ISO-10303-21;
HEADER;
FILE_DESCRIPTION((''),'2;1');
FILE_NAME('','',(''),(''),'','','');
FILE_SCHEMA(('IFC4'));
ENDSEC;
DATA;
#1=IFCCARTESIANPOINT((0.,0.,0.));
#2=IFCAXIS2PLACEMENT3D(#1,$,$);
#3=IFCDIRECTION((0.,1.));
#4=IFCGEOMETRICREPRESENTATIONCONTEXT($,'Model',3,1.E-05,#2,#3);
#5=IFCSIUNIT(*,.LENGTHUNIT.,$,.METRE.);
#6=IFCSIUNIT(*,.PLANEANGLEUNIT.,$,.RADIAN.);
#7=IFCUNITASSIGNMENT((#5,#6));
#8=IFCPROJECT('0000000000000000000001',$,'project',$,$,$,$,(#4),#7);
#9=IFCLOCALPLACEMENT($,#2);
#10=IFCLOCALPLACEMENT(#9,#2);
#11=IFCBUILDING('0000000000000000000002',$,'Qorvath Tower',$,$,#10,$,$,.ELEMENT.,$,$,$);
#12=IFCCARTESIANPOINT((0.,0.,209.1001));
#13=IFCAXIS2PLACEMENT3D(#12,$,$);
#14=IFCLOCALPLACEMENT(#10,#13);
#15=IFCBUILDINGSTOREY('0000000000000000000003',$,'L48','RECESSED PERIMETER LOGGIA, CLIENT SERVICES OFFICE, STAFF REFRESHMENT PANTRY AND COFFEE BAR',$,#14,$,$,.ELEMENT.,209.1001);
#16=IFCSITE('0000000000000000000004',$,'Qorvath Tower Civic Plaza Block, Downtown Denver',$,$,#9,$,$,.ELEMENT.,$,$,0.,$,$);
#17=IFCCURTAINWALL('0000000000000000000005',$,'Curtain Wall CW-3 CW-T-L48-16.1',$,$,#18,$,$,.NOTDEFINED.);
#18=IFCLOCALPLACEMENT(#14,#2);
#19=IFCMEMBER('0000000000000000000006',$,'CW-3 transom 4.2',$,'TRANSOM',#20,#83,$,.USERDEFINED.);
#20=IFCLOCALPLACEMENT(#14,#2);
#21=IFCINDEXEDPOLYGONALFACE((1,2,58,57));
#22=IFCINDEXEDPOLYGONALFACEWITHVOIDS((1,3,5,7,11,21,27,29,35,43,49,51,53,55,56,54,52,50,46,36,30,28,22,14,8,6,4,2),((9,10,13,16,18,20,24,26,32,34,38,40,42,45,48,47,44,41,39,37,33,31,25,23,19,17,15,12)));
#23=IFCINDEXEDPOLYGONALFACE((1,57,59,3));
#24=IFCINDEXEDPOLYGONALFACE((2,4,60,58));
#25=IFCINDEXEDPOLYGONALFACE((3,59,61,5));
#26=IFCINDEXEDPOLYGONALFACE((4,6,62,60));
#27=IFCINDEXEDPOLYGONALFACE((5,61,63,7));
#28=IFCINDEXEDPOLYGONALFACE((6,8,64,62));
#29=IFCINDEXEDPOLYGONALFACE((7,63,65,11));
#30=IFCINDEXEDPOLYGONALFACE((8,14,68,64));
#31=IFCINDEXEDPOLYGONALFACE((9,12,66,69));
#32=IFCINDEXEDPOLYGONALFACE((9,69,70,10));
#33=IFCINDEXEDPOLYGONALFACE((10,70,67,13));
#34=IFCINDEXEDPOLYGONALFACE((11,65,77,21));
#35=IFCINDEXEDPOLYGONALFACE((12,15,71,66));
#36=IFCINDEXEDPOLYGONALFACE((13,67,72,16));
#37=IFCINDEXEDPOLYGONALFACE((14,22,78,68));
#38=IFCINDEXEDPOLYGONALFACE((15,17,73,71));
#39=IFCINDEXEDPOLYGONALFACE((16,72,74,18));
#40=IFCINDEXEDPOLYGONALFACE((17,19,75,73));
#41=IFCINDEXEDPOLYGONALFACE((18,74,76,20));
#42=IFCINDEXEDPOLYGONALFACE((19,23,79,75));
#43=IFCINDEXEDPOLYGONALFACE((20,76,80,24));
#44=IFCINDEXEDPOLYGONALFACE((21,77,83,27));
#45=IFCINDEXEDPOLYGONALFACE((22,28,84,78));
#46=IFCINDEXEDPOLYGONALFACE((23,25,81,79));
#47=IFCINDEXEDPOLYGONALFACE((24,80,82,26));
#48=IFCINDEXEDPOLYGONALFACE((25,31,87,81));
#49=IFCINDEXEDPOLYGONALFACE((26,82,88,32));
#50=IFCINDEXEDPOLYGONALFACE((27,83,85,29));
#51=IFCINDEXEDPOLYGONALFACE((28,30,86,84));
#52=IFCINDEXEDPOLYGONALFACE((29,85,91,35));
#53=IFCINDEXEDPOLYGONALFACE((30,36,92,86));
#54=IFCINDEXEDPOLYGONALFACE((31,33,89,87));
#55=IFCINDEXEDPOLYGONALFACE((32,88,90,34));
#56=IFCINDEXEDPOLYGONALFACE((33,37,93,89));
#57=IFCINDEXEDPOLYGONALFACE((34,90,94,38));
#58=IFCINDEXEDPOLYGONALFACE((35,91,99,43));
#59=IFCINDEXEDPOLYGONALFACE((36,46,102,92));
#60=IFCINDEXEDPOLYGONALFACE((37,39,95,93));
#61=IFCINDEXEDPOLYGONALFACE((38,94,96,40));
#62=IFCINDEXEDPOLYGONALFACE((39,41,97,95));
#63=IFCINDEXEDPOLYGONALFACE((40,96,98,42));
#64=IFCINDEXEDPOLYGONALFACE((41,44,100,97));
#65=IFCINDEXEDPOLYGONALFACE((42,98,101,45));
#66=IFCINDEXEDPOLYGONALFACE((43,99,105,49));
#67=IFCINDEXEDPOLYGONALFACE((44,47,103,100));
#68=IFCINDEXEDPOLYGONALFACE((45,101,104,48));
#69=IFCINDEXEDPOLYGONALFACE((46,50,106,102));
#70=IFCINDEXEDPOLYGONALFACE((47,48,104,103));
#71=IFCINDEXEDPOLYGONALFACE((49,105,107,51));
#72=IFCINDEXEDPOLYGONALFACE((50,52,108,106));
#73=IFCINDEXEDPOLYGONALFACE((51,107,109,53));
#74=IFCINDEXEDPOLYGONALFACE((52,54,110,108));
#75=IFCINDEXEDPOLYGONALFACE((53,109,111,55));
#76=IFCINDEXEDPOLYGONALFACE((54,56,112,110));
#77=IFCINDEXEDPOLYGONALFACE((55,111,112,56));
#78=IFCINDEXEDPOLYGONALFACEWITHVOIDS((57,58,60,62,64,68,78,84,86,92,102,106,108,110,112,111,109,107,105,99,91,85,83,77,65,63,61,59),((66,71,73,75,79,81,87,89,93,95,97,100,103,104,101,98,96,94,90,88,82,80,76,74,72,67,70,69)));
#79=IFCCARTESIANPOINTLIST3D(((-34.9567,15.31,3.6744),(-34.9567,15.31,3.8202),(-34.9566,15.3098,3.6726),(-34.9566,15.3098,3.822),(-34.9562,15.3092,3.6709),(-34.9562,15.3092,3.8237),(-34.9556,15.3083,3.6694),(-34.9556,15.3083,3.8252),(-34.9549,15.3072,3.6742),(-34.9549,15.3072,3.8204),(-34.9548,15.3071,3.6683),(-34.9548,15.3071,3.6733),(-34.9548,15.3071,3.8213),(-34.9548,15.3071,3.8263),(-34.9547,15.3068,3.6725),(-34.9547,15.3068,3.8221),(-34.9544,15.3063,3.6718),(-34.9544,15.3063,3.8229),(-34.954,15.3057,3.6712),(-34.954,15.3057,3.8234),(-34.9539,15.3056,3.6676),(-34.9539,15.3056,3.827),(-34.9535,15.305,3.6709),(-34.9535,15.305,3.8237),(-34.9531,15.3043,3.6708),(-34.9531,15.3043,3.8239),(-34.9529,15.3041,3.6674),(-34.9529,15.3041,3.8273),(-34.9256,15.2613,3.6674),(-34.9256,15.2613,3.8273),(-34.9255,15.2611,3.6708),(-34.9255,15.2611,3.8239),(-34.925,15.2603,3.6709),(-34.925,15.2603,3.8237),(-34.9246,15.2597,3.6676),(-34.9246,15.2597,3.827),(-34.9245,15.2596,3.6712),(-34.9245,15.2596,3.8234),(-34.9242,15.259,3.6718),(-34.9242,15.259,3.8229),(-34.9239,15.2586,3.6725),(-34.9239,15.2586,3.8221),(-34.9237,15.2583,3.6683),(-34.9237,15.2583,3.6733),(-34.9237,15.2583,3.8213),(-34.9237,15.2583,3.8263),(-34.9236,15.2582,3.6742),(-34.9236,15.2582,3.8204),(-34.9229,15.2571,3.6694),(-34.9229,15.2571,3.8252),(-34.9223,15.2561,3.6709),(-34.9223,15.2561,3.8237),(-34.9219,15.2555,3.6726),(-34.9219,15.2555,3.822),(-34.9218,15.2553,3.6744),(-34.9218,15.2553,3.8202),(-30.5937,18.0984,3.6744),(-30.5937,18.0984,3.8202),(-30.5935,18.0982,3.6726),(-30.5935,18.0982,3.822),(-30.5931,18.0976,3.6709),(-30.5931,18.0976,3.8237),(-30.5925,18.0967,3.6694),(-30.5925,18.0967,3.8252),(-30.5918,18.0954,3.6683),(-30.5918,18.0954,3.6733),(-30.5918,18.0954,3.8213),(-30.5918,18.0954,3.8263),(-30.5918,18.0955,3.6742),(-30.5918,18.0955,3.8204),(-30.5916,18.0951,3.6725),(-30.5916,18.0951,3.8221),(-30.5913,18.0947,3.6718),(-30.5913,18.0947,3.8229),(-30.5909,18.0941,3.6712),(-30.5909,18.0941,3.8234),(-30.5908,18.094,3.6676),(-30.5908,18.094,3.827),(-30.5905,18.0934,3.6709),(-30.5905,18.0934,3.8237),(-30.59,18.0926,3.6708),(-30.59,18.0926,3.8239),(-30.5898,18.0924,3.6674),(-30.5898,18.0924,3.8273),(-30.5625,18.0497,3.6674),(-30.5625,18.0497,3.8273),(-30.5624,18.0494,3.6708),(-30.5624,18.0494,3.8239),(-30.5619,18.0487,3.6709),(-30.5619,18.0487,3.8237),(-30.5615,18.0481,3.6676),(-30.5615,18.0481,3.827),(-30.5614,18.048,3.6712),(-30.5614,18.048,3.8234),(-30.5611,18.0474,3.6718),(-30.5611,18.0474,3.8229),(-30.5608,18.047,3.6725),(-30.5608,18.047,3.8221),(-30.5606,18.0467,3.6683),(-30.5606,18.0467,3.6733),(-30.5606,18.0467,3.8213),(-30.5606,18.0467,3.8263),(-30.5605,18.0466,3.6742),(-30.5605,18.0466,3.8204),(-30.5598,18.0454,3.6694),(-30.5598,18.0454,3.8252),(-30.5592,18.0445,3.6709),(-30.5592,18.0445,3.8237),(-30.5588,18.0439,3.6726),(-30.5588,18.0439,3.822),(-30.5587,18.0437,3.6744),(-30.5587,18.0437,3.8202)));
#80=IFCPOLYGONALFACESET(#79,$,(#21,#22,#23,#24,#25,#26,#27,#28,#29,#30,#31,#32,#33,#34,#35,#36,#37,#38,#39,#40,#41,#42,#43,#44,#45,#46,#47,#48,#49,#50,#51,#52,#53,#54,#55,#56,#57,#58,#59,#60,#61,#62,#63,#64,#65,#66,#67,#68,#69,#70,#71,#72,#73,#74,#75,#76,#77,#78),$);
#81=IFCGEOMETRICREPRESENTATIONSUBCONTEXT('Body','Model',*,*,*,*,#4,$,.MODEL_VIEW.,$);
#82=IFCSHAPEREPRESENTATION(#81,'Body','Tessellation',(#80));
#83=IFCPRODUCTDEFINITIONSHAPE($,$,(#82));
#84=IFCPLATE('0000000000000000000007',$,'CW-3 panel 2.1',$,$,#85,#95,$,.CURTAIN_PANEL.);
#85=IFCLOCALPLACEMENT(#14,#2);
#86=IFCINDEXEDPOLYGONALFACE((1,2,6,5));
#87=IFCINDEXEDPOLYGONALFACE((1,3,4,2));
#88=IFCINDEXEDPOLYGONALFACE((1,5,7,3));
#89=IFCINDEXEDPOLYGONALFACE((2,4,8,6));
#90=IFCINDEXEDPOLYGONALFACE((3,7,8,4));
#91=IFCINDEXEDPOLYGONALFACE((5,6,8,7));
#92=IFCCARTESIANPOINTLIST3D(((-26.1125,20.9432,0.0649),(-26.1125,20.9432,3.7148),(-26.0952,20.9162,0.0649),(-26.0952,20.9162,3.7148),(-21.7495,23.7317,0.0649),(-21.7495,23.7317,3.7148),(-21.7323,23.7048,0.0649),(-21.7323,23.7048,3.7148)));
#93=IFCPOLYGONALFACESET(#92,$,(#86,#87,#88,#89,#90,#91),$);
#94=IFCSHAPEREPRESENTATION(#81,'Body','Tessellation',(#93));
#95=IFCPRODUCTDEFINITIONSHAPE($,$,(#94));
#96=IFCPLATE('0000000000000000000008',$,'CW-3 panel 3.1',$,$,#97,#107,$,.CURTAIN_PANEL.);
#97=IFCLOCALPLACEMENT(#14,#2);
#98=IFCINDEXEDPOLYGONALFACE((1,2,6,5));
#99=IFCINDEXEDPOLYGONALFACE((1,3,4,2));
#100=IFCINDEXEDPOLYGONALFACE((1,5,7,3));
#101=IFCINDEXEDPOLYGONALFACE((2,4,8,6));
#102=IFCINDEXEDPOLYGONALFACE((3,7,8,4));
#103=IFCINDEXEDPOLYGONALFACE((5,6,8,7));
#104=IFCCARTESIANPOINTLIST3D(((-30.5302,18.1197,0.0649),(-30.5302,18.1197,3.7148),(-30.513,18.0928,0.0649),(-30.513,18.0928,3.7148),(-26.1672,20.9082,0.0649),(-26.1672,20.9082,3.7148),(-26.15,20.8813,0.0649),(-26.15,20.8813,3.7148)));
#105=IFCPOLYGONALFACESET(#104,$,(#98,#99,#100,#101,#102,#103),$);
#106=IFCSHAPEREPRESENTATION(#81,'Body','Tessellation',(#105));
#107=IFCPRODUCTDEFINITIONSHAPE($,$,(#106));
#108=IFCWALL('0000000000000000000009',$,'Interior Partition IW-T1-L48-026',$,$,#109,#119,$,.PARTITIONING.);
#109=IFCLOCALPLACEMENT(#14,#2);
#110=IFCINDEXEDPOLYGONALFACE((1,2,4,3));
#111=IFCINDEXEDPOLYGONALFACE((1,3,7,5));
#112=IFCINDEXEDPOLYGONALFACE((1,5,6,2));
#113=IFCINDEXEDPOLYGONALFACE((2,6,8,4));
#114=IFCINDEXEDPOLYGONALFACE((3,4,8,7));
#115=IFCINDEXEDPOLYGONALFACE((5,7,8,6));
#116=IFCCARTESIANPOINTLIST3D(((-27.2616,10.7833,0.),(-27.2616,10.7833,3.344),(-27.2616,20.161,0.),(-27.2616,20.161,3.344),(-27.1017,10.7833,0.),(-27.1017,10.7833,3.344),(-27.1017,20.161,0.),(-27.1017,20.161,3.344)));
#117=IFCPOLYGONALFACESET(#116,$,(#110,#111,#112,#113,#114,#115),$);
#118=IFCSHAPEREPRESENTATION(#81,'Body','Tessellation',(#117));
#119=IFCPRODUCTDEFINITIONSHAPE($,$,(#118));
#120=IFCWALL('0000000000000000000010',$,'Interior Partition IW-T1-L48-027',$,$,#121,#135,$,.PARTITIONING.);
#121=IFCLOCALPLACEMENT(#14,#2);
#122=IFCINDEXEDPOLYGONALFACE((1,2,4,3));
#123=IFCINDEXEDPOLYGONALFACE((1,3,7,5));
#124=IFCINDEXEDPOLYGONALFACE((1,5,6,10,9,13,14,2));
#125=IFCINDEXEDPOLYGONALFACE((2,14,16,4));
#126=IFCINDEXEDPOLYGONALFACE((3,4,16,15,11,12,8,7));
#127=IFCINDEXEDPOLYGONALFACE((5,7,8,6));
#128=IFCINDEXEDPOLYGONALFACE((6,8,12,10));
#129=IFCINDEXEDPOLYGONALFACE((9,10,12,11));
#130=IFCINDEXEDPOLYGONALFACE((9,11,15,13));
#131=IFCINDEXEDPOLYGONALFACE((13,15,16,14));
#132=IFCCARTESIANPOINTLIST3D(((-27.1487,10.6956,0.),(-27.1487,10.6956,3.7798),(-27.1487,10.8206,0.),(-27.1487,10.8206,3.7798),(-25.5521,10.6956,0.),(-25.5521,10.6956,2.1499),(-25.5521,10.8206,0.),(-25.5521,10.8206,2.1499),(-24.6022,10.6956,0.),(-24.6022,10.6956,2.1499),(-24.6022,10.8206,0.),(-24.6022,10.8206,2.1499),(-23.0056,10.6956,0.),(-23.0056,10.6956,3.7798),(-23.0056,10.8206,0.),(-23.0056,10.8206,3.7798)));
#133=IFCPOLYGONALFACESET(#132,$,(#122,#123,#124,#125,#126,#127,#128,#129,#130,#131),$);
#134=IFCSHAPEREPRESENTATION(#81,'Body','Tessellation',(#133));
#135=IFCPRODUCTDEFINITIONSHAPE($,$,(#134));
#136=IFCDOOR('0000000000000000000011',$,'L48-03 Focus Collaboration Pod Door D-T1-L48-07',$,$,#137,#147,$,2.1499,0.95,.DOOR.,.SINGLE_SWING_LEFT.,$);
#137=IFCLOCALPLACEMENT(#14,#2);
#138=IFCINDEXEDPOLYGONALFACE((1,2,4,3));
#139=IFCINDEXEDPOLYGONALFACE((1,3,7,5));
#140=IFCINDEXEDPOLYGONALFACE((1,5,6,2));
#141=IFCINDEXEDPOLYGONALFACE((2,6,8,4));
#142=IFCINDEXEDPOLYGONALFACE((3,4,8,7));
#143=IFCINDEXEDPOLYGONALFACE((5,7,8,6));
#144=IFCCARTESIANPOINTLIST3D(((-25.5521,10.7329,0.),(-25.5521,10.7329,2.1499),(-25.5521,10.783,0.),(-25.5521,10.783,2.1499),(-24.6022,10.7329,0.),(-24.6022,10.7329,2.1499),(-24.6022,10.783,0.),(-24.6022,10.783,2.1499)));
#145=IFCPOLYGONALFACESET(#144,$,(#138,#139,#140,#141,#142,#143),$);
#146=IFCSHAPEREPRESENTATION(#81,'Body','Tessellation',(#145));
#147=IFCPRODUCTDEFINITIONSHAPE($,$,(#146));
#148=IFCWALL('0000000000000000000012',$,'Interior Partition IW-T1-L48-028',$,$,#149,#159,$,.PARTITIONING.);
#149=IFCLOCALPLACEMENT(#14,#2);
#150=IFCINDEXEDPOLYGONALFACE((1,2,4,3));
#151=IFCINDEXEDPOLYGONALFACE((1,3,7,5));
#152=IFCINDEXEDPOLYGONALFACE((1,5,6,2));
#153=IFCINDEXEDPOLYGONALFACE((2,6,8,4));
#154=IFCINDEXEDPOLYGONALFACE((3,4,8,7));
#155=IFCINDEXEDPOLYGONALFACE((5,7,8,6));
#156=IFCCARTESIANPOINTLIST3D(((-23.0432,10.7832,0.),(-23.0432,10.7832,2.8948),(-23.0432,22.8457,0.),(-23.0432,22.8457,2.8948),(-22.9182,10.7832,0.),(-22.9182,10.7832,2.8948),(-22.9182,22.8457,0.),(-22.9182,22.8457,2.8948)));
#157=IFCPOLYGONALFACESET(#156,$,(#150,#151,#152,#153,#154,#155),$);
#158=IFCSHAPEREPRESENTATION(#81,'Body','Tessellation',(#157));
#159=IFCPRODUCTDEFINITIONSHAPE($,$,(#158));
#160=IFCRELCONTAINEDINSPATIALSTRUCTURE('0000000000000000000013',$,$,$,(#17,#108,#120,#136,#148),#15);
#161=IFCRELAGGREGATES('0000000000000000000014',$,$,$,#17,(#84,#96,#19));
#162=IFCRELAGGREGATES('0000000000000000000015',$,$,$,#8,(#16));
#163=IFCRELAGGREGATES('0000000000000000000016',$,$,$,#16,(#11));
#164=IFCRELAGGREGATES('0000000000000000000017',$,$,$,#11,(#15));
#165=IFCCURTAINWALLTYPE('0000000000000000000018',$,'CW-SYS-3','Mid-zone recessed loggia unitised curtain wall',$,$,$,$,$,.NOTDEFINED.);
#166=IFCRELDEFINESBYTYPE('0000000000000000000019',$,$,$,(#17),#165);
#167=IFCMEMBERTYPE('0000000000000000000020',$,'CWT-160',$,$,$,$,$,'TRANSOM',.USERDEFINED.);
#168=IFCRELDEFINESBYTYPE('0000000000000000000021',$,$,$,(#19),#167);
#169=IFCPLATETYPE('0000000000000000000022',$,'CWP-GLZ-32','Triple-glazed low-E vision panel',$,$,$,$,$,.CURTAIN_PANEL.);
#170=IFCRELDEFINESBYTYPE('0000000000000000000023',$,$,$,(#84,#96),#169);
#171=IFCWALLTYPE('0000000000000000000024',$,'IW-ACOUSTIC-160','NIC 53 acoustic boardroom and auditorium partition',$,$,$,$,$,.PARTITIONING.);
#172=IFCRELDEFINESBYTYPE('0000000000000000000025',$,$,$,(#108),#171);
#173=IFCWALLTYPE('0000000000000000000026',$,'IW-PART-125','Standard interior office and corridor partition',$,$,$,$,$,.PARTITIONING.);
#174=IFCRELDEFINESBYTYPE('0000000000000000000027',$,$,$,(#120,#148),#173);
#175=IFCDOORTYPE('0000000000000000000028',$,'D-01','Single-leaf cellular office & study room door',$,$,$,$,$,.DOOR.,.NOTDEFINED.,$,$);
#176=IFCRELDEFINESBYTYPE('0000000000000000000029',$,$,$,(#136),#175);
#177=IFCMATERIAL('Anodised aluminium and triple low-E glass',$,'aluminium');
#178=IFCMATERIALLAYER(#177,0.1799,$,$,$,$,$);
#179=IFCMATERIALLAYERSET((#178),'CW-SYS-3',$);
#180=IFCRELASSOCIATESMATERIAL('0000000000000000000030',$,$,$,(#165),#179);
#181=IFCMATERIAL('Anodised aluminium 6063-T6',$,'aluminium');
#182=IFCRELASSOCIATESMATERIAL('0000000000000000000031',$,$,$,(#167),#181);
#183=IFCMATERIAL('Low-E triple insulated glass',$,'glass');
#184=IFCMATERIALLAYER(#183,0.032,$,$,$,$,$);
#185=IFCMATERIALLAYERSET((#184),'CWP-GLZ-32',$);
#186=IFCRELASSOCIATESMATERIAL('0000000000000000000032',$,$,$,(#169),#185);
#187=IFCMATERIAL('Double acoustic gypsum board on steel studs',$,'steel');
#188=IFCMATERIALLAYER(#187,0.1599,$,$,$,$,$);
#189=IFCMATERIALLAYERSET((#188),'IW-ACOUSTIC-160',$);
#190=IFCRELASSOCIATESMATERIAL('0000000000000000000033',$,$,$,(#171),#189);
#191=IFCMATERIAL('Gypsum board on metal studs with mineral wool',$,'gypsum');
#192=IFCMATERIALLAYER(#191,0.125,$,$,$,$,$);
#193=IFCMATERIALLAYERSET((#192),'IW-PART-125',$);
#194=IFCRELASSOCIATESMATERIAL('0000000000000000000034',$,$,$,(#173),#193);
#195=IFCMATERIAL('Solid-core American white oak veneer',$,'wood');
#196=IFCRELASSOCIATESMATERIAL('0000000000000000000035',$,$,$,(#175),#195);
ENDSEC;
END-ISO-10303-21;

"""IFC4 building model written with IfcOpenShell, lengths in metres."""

from ifc_helpers import new_model, si_unit, direction, frame, frame_2d, origin, origin_2d, place, context, subcontext, project, spatial, rectangle, hollow_rectangle, extrude, material, layer, layer_set, material_profile, profile_set, type_object, element, fill, aggregate, save


model = new_model("IFC4")

# Units and contexts
model_context = context("Model", 3, precision=1e-05, world=origin(), true_north=direction((0.0, 1.0)))
body_context = subcontext(model_context, "Body", "Model", "MODEL_VIEW")
ifc_project = project(units=[si_unit("LENGTHUNIT", "METRE"), si_unit("PLANEANGLEUNIT", "RADIAN")], contexts=[model_context])

# Site, building, storey
site_placement = place(None, origin())
site = spatial("IfcSite", under=ifc_project, at=site_placement, Name="Qorvath Tower Civic Plaza Block, Downtown Denver", CompositionType="ELEMENT", RefElevation=0.0)
building_placement = place(site_placement, origin())
building = spatial("IfcBuilding", under=site, at=building_placement, Name="Qorvath Tower", CompositionType="ELEMENT")
storey_placement = place(building_placement, frame((0.0, 0.0, 209.1001)))
storey = spatial("IfcBuildingStorey", under=building, at=storey_placement, Name="L48", Description="RECESSED PERIMETER LOGGIA, CLIENT SERVICES OFFICE, STAFF REFRESHMENT PANTRY AND COFFEE BAR", CompositionType="ELEMENT", Elevation=209.1001)

# Curtain wall, member, plates
ifc_material_1 = material(Name="Anodised aluminium and triple low-E glass", Category="aluminium")
ifc_layer_1 = layer(ifc_material_1, 0.1799)
ifc_layer_set_1 = layer_set([ifc_layer_1], Name="CW-SYS-3")
curtain_wall_type = type_object("IfcCurtainWallType", Name="CW-SYS-3", Description="Mid-zone recessed loggia unitised curtain wall", PredefinedType="NOTDEFINED", material=ifc_layer_set_1)
curtain_wall_placement = place(storey_placement, origin())
curtain_wall = element("IfcCurtainWall", 1, at=curtain_wall_placement, inside=storey, type_object=curtain_wall_type, Name="Curtain Wall CW-3 CW-T-L48-16.1", PredefinedType="NOTDEFINED")
ifc_material_2 = material(Name="Anodised aluminium 6063-T6", Category="aluminium")
ifc_material_profile_1 = material_profile(ifc_material_2, hollow_rectangle(XDim=0.0649, YDim=0.1599, WallThickness=0.0034, InnerFilletRadius=0.0034, OuterFilletRadius=0.0071, at=origin_2d()), Name="CWT 160x65")
ifc_profile_set_1 = profile_set([ifc_material_profile_1], Name="Anodised aluminium 6063-T6")
member_type_1 = type_object("IfcMemberType", Name="CWT-160", ElementType="TRANSOM", PredefinedType="USERDEFINED", material=ifc_profile_set_1)
member_1_placement = place(storey_placement, frame((-30.5762, 18.071, 3.7473), z_axis=(-0.842623, -0.538504, 0.0), x_axis=(0.538504, -0.842623, 0.0)))
member_1 = element("IfcMember", 2, at=member_1_placement, type_object=member_type_1, Name="CW-3 transom 4.2", ObjectType="TRANSOM", PredefinedType="USERDEFINED", context=body_context, shape_type="SweptSolid", body=[
    extrude(hollow_rectangle(XDim=0.0649, YDim=0.1599, WallThickness=0.0034, InnerFilletRadius=0.0034, OuterFilletRadius=0.0071, at=origin_2d()), origin(), (0.0, 0.0, 1.0), 5.178),
])
ifc_material_3 = material(Name="Low-E triple insulated glass", Category="glass")
ifc_layer_2 = layer(ifc_material_3, 0.032)
ifc_layer_set_2 = layer_set([ifc_layer_2], Name="CWP-GLZ-32")
plate_type = type_object("IfcPlateType", Name="CWP-GLZ-32", Description="Triple-glazed low-E vision panel", PredefinedType="CURTAIN_PANEL", material=ifc_layer_set_2)
plate_1_placement = place(storey_placement, frame((-23.9224, 22.324, 0.0649), z_axis=(0.0, 0.0, 1.0), x_axis=(-0.842605, -0.538532, 0.0)))
plate_1 = element("IfcPlate", 3, at=plate_1_placement, type_object=plate_type, Name="CW-3 panel 2.1", PredefinedType="CURTAIN_PANEL", context=body_context, shape_type="SweptSolid", body=[
    extrude(rectangle(XDim=5.178, YDim=0.032, at=origin_2d()), origin(), (0.0, 0.0, 1.0), 3.6499),
])
plate_2_placement = place(storey_placement, frame((-28.3401, 19.5005, 0.0649), z_axis=(0.0, 0.0, 1.0), x_axis=(-0.842605, -0.538532, 0.0)))
plate_2 = element("IfcPlate", 4, at=plate_2_placement, type_object=plate_type, Name="CW-3 panel 3.1", PredefinedType="CURTAIN_PANEL", context=body_context, shape_type="SweptSolid", body=[
    extrude(rectangle(XDim=5.178, YDim=0.032, at=origin_2d()), origin(), (0.0, 0.0, 1.0), 3.6499),
])
aggregate(curtain_wall, [plate_1, plate_2, member_1])

# Shared definitions
ifc_material_4 = material(Name="Double acoustic gypsum board on steel studs", Category="steel")
ifc_layer_3 = layer(ifc_material_4, 0.1599)
ifc_layer_set_3 = layer_set([ifc_layer_3], Name="IW-ACOUSTIC-160")
wall_type_1 = type_object("IfcWallType", Name="IW-ACOUSTIC-160", Description="NIC 53 acoustic boardroom and auditorium partition", PredefinedType="PARTITIONING", material=ifc_layer_set_3)

# Wall
wall_1_placement = place(storey_placement, frame((-27.1816, 10.7832, 0.0), z_axis=(0.0, 0.0, 1.0), x_axis=(0.0, 1.0, 0.0)))
element("IfcWall", 5, at=wall_1_placement, inside=storey, type_object=wall_type_1, Name="Interior Partition IW-T1-L48-026", PredefinedType="PARTITIONING", context=body_context, shape_type="SweptSolid", body=[
    extrude(rectangle(XDim=9.3777, YDim=0.1599, at=frame_2d((4.689, 0.0))), origin(), (0.0, 0.0, 1.0), 3.344),
])

# Wall, opening, door
ifc_material_5 = material(Name="Gypsum board on metal studs with mineral wool", Category="gypsum")
ifc_layer_4 = layer(ifc_material_5, 0.125)
ifc_layer_set_4 = layer_set([ifc_layer_4], Name="IW-PART-125")
wall_type_2 = type_object("IfcWallType", Name="IW-PART-125", Description="Standard interior office and corridor partition", PredefinedType="PARTITIONING", material=ifc_layer_set_4)
wall_2_placement = place(storey_placement, frame((-27.1487, 10.7581, 0.0), z_axis=(0.0, 0.0, 1.0), x_axis=(1.0, 0.0, 0.0)))
wall_2 = element("IfcWall", 6, at=wall_2_placement, inside=storey, type_object=wall_type_2, Name="Interior Partition IW-T1-L48-027", PredefinedType="PARTITIONING", context=body_context, shape_type="SweptSolid", body=[
    extrude(rectangle(XDim=4.1431, YDim=0.125, at=frame_2d((2.0715, 0.0))), origin(), (0.0, 0.0, 1.0), 3.7798),
])
opening_1_placement = place(wall_2_placement, frame((1.5964, 0.0, 0.0)))
opening_1 = element("IfcOpeningElement", 7, at=opening_1_placement, cuts=wall_2, PredefinedType="OPENING", context=body_context, shape_type="SweptSolid", body=[
    extrude(rectangle(XDim=0.95, YDim=2.1499, at=frame_2d((0.4751, 1.075))), frame((0.0, 0.0725, 0.0), z_axis=(0.0, -1.0, 0.0), x_axis=(1.0, 0.0, 0.0)), (0.0, 0.0, 1.0), 0.145),
])
ifc_material_6 = material(Name="Solid-core American white oak veneer", Category="wood")
door_type_1 = type_object("IfcDoorType", Name="D-01", Description="Single-leaf cellular office & study room door", OperationType="NOTDEFINED", PredefinedType="DOOR", material=ifc_material_6)
door_1_placement = place(opening_1_placement, origin())
door_1 = element("IfcDoor", 8, at=door_1_placement, inside=storey, type_object=door_type_1, Name="L48-03 Focus Collaboration Pod Door D-T1-L48-07", OperationType="SINGLE_SWING_LEFT", OverallHeight=2.1499, OverallWidth=0.95, PredefinedType="DOOR", context=body_context, shape_type="SweptSolid", body=[
    extrude(rectangle(XDim=0.95, YDim=2.1499, at=frame_2d((0.4751, 1.075))), frame((0.0, 0.0249, 0.0), z_axis=(0.0, -1.0, 0.0), x_axis=(1.0, 0.0, 0.0)), (0.0, 0.0, 1.0), 0.05),
])
fill(opening_1, door_1)

# Wall
wall_3_placement = place(storey_placement, frame((-22.9807, 10.7832, 0.0), z_axis=(0.0, 0.0, 1.0), x_axis=(0.0, 1.0, 0.0)))
element("IfcWall", 9, at=wall_3_placement, inside=storey, type_object=wall_type_2, Name="Interior Partition IW-T1-L48-028", PredefinedType="PARTITIONING", context=body_context, shape_type="SweptSolid", body=[
    extrude(rectangle(XDim=12.0625, YDim=0.125, at=frame_2d((6.0312, 0.0))), origin(), (0.0, 0.0, 1.0), 2.8948),
])

save(model, "model.ifc")
